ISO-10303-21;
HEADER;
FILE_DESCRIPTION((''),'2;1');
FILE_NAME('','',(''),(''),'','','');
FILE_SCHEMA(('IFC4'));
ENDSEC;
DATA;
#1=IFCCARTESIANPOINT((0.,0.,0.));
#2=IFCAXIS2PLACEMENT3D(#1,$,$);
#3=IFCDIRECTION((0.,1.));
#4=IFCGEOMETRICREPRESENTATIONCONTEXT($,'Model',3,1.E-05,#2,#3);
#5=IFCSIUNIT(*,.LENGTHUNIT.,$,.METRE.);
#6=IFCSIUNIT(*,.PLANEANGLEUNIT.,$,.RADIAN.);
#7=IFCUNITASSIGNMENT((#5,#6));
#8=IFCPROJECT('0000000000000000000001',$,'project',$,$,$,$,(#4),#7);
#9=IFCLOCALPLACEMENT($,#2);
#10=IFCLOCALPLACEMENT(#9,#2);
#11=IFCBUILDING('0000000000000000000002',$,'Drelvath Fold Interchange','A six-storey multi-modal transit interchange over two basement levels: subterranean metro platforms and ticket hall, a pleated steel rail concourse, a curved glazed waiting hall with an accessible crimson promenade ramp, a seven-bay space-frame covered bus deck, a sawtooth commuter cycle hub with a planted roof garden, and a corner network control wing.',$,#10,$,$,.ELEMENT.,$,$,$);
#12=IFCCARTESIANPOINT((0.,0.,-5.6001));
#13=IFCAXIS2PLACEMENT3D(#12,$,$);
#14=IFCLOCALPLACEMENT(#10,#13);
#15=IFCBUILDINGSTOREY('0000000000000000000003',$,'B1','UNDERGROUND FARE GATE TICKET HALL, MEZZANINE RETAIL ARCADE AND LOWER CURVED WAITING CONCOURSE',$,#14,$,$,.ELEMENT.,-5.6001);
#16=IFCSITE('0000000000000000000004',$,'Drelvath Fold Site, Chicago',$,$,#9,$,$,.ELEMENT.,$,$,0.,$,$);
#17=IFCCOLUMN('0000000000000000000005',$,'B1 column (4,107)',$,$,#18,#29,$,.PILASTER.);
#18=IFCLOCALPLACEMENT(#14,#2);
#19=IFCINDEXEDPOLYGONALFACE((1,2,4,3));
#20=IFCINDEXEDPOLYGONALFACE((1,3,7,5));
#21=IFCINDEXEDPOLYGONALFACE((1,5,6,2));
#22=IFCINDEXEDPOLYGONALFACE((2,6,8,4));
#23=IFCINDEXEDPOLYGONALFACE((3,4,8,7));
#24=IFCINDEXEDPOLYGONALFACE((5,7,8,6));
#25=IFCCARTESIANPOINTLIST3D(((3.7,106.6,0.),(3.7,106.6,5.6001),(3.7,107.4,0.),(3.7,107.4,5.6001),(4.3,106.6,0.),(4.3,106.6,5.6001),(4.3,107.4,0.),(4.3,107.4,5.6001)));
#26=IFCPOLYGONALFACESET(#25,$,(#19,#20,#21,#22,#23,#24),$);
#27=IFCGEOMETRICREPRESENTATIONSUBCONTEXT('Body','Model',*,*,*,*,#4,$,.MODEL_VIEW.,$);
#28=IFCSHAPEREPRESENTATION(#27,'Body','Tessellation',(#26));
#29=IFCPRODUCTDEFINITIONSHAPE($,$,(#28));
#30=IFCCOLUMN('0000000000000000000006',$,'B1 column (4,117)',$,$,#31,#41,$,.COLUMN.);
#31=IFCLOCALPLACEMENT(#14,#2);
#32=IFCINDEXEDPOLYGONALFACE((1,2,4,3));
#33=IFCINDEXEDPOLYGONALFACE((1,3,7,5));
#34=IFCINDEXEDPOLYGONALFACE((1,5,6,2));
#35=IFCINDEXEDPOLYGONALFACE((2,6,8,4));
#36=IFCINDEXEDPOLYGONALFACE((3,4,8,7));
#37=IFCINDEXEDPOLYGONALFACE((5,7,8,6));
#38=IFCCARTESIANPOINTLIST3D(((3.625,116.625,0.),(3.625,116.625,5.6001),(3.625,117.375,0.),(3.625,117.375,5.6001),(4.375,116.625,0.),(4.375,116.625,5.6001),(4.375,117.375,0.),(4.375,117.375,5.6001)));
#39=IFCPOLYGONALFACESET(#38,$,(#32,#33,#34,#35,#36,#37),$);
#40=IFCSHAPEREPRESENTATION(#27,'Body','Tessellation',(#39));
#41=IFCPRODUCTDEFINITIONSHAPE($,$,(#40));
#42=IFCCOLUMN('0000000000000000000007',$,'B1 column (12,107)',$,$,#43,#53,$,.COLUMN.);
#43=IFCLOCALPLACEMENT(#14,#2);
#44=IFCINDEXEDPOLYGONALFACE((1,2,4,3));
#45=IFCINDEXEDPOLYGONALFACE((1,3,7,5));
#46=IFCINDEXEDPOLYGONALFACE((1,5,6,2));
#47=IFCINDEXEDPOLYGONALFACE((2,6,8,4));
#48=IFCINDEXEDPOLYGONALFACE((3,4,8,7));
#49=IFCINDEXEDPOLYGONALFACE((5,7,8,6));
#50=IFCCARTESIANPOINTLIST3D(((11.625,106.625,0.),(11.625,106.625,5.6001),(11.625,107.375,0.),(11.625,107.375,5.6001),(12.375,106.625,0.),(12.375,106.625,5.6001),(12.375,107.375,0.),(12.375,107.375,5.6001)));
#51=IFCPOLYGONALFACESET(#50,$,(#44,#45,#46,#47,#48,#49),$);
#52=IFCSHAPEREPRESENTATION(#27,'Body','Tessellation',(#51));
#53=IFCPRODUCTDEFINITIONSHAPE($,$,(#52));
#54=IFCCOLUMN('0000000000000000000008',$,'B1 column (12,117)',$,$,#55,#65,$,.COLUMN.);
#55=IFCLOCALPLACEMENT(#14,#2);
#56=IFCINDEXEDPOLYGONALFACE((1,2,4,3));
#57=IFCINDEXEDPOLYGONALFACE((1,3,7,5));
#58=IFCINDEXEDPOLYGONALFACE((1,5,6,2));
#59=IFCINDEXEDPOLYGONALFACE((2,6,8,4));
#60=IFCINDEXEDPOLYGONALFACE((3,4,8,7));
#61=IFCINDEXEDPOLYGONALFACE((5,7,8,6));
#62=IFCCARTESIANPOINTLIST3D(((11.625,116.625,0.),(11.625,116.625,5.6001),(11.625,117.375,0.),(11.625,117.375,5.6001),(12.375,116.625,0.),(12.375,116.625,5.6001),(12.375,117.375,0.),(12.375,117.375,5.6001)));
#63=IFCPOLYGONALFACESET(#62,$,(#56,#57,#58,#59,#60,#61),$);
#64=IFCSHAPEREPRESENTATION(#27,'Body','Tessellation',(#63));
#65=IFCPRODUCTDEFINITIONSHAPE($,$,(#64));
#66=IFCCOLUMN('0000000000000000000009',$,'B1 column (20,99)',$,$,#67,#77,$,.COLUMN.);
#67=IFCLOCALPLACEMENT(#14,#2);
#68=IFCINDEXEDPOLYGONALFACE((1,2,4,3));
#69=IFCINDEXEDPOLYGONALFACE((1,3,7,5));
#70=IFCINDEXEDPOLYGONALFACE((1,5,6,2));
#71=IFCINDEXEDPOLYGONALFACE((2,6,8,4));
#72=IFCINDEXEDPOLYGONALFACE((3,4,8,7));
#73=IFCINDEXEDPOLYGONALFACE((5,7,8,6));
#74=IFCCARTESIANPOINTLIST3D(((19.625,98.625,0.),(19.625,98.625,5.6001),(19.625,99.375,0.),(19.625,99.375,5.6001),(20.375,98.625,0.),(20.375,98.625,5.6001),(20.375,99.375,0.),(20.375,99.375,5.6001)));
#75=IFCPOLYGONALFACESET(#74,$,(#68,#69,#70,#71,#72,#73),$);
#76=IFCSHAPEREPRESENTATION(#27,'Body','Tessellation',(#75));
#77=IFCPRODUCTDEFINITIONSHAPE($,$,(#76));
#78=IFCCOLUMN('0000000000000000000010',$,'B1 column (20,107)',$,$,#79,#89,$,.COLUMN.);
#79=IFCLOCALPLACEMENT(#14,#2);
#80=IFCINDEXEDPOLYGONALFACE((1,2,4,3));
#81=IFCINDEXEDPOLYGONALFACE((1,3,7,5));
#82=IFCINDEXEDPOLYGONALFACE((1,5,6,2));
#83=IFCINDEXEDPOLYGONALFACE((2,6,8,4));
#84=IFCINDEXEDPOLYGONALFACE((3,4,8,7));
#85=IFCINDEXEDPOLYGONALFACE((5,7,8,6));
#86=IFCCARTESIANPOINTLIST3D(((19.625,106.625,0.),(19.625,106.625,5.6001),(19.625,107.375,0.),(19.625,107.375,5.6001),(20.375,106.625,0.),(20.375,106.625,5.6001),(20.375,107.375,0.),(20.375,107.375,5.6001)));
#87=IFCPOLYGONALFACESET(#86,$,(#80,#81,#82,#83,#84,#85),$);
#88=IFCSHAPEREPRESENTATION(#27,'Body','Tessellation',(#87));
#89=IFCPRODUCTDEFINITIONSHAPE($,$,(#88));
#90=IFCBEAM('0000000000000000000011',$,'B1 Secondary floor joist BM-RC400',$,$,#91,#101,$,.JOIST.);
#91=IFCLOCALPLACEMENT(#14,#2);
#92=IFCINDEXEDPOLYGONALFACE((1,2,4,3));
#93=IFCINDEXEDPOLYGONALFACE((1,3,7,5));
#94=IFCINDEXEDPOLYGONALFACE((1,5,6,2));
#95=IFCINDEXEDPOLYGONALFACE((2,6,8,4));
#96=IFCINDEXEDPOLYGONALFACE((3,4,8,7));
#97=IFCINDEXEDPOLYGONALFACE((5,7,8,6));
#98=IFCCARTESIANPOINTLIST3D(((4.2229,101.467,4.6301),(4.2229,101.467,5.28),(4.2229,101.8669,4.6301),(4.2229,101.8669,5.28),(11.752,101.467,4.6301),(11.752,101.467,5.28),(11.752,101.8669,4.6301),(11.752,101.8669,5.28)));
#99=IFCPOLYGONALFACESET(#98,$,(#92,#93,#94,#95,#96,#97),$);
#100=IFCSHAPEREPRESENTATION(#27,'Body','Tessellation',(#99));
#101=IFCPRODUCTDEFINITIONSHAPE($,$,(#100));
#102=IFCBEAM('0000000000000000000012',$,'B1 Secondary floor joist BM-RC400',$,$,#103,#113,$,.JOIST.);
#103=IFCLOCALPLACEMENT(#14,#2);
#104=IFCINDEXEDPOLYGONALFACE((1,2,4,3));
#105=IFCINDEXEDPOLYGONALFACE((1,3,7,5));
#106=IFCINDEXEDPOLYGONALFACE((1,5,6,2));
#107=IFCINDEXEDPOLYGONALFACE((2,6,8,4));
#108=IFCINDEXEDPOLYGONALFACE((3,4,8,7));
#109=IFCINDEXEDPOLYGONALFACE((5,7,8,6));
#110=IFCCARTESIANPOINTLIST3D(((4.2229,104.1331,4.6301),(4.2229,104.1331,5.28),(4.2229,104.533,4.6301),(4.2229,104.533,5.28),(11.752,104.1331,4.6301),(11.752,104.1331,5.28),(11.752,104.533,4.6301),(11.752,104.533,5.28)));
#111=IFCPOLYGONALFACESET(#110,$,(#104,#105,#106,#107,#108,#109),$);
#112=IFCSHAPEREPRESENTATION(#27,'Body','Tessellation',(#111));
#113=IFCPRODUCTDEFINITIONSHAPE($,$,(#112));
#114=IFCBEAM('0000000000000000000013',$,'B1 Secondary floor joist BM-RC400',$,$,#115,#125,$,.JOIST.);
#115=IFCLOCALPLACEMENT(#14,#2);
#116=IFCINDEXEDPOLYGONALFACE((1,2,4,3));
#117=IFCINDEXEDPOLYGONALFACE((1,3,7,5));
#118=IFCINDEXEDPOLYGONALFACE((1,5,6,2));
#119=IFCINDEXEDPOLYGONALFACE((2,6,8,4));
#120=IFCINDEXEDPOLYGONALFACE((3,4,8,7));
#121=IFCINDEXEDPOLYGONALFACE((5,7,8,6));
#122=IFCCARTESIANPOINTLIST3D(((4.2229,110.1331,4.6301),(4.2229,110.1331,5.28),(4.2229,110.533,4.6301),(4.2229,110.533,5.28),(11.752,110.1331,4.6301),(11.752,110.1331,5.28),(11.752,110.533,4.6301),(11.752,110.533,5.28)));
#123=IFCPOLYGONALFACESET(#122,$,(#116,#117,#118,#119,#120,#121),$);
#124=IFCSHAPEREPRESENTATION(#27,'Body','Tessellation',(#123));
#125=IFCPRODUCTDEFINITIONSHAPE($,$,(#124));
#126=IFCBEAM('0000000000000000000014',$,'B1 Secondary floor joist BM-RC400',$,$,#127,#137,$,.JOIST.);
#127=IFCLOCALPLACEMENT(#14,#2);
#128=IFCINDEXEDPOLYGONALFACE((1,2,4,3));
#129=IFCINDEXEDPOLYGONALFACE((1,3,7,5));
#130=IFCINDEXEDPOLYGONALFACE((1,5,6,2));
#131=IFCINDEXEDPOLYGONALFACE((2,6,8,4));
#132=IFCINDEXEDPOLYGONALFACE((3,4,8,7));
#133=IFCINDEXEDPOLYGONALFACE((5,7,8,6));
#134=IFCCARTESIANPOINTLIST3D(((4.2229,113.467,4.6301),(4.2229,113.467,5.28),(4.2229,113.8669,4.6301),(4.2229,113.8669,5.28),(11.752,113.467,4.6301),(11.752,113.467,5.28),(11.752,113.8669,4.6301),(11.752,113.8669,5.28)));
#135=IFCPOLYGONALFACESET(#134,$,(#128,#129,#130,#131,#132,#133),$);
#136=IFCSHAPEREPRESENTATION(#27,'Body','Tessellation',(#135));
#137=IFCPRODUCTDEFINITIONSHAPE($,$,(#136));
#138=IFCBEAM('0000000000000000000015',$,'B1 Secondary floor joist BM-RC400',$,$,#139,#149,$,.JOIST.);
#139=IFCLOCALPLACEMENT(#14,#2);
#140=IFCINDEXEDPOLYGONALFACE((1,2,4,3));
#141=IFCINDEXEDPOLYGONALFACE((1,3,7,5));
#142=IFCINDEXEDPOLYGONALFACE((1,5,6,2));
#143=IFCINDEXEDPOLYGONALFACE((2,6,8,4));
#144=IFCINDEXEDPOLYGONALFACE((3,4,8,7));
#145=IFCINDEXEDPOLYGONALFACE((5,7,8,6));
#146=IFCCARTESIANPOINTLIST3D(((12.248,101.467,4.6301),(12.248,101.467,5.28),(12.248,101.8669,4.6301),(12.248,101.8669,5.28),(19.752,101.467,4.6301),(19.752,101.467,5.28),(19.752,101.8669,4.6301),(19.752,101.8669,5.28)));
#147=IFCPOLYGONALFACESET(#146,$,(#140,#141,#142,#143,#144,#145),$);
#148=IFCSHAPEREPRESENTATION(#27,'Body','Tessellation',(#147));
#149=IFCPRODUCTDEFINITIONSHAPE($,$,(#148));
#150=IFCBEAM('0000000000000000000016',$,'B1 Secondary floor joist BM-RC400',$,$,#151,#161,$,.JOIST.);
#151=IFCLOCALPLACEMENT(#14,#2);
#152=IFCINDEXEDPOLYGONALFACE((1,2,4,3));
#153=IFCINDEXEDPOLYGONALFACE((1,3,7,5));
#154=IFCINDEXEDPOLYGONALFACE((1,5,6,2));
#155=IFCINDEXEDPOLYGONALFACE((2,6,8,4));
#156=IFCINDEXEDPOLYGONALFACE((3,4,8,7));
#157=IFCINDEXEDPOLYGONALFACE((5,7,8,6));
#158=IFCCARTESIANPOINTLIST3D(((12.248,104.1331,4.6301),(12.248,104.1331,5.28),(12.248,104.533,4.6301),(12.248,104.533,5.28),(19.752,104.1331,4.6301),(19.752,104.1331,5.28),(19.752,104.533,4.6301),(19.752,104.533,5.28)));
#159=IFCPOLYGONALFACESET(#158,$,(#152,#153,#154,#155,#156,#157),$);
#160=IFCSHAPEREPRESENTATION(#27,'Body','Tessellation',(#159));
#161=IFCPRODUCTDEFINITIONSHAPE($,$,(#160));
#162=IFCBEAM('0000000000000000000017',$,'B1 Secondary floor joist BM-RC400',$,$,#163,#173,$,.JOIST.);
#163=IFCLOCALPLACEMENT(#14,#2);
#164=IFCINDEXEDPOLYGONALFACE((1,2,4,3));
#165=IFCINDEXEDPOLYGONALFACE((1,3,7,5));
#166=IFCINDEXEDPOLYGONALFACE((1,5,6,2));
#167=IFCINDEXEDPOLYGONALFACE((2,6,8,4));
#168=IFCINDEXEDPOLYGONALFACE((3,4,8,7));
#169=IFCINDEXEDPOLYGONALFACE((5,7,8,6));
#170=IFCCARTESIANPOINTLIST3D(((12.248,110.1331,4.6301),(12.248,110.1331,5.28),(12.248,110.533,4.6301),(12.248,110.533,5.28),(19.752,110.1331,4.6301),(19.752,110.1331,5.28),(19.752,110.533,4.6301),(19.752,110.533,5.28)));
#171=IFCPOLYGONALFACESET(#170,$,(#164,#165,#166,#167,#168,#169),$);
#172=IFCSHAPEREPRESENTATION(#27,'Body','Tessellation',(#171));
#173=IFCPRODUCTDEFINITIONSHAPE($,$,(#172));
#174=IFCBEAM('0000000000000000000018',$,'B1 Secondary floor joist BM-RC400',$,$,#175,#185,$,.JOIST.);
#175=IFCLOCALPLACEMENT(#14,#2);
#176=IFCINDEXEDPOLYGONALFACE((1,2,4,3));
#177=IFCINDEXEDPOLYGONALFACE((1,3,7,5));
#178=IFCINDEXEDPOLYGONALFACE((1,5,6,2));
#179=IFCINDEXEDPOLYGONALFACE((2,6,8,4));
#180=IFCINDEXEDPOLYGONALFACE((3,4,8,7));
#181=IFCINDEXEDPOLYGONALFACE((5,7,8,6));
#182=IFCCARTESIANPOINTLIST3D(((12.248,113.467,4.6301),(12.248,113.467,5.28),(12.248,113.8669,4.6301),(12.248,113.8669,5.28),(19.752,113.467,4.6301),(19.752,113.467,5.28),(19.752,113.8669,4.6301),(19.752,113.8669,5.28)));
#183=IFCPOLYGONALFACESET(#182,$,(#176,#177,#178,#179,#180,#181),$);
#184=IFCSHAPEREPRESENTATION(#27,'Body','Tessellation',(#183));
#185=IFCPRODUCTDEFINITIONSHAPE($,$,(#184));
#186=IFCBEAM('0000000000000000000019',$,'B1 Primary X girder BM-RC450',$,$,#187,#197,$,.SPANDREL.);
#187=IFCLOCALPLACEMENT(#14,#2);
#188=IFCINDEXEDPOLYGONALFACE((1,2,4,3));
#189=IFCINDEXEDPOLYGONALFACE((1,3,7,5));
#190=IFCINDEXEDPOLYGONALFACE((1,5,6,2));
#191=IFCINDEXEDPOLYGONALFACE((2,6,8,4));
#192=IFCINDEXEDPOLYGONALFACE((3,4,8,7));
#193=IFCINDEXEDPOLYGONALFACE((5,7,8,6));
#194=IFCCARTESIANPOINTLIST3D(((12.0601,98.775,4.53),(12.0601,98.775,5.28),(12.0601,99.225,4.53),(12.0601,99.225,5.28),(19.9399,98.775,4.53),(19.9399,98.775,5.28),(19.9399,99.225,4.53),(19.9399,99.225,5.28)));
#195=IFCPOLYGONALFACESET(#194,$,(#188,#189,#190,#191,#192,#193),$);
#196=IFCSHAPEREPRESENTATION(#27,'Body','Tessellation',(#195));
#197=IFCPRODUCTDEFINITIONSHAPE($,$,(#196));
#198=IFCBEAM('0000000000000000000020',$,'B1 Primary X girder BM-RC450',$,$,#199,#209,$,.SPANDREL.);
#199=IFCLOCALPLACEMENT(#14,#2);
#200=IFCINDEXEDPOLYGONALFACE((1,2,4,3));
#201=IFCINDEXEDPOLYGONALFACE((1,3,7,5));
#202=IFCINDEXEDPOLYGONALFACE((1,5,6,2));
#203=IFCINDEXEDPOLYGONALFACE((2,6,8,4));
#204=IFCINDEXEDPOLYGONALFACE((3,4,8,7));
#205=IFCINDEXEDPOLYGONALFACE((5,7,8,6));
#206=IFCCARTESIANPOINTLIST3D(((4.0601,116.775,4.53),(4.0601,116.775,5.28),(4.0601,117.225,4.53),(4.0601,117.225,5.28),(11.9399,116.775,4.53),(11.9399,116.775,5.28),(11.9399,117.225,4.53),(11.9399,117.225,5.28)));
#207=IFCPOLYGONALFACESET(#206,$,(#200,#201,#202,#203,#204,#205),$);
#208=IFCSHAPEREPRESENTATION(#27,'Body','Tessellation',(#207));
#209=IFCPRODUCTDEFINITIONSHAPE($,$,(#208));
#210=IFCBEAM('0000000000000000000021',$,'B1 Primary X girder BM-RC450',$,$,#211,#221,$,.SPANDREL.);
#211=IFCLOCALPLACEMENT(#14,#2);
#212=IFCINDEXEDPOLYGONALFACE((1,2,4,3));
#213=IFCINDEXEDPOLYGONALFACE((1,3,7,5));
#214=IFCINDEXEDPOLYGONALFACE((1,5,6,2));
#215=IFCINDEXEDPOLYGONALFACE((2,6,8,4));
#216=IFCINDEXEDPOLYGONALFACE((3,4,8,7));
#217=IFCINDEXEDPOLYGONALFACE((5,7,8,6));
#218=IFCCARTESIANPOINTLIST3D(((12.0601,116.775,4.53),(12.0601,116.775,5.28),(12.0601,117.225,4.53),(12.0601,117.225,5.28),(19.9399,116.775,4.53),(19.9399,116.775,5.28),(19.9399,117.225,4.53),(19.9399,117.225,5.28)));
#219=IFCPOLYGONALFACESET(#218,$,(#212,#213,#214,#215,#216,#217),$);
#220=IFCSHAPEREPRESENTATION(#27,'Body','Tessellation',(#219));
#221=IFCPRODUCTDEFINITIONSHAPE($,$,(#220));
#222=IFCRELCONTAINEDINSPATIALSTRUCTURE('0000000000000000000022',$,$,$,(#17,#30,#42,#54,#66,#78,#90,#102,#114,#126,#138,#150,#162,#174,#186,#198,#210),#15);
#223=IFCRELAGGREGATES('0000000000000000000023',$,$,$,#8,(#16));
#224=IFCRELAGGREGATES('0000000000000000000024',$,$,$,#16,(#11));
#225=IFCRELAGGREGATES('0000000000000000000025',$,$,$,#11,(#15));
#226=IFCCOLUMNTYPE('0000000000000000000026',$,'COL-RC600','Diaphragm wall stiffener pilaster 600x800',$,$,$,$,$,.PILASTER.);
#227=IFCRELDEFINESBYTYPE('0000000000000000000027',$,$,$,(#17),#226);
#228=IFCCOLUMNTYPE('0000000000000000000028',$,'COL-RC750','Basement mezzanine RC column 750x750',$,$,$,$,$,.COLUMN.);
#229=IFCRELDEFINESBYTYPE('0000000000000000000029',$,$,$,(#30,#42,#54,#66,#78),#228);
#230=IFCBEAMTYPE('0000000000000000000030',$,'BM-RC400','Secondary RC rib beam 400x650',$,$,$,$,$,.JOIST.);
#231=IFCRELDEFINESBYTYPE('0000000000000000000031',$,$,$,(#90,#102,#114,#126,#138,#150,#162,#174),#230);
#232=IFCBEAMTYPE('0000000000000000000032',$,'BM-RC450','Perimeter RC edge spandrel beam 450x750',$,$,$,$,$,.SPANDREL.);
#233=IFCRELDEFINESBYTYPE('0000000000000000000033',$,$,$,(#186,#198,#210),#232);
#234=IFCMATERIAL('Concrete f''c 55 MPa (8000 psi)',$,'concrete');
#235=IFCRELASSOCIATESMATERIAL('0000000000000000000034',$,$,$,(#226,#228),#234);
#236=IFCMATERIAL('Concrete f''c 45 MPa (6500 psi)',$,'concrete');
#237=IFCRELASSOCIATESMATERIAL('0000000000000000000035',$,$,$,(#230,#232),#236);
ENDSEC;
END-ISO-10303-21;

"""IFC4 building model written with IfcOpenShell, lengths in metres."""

from ifc_helpers import new_model, si_unit, direction, frame, origin, origin_2d, place, context, subcontext, project, spatial, rectangle, extrude, material, material_profile, profile_set, type_object, element, save


model = new_model("IFC4")

# Units and contexts
model_context = context("Model", 3, precision=1e-05, world=origin(), true_north=direction((0.0, 1.0)))
body_context = subcontext(model_context, "Body", "Model", "MODEL_VIEW")
ifc_project = project(units=[si_unit("LENGTHUNIT", "METRE"), si_unit("PLANEANGLEUNIT", "RADIAN")], contexts=[model_context])

# Site, building, storey
site_placement = place(None, origin())
site = spatial("IfcSite", under=ifc_project, at=site_placement, Name="Drelvath Fold Site, Chicago", CompositionType="ELEMENT", RefElevation=0.0)
building_placement = place(site_placement, origin())
building = spatial("IfcBuilding", under=site, at=building_placement, Name="Drelvath Fold Interchange", Description="A six-storey multi-modal transit interchange over two basement levels: subterranean metro platforms and ticket hall, a pleated steel rail concourse, a curved glazed waiting hall with an accessible crimson promenade ramp, a seven-bay space-frame covered bus deck, a sawtooth commuter cycle hub with a planted roof garden, and a corner network control wing.", CompositionType="ELEMENT")
storey_placement = place(building_placement, frame((0.0, 0.0, -5.6001)))
storey = spatial("IfcBuildingStorey", under=building, at=storey_placement, Name="B1", Description="UNDERGROUND FARE GATE TICKET HALL, MEZZANINE RETAIL ARCADE AND LOWER CURVED WAITING CONCOURSE", CompositionType="ELEMENT", Elevation=-5.6001)

# Columns
ifc_material_1 = material(Name="Concrete f'c 55 MPa (8000 psi)", Category="concrete")
ifc_material_profile_1 = material_profile(ifc_material_1, rectangle(XDim=0.6001, YDim=0.8, at=origin_2d()), Name="RC 600x800")
ifc_profile_set_1 = profile_set([ifc_material_profile_1], Name="Concrete f'c 55 MPa (8000 psi)")
column_type_1 = type_object("IfcColumnType", Name="COL-RC600", Description="Diaphragm wall stiffener pilaster 600x800", PredefinedType="PILASTER", material=ifc_profile_set_1)
column_placement = place(storey_placement, frame((4.0, 107.0, 0.0), z_axis=(0.0, 0.0, 1.0), x_axis=(1.0, 0.0, 0.0)))
element("IfcColumn", 1, at=column_placement, inside=storey, type_object=column_type_1, Name="B1 column (4,107)", PredefinedType="PILASTER", context=body_context, shape_type="SweptSolid", body=[
    extrude(rectangle(XDim=0.6001, YDim=0.8, at=origin_2d()), origin(), (0.0, 0.0, 1.0), 5.6001),
])
ifc_material_profile_2 = material_profile(ifc_material_1, rectangle(XDim=0.75, YDim=0.75, at=origin_2d()), Name="RC 750x750")
ifc_profile_set_2 = profile_set([ifc_material_profile_2], Name="Concrete f'c 55 MPa (8000 psi)")
column_type_2 = type_object("IfcColumnType", Name="COL-RC750", Description="Basement mezzanine RC column 750x750", PredefinedType="COLUMN", material=ifc_profile_set_2)
for number, where, z_axis, x_axis, name in (
    (2, (4.0, 117.0, 0.0), (0.0, 0.0, 1.0), (1.0, 0.0, 0.0), "B1 column (4,117)"),
    (3, (12.0, 107.0, 0.0), (0.0, 0.0, 1.0), (1.0, 0.0, 0.0), "B1 column (12,107)"),
    (4, (12.0, 117.0, 0.0), (0.0, 0.0, 1.0), (1.0, 0.0, 0.0), "B1 column (12,117)"),
    (5, (20.0, 99.0, 0.0), (0.0, 0.0, 1.0), (1.0, 0.0, 0.0), "B1 column (20,99)"),
    (6, (20.0, 107.0, 0.0), (0.0, 0.0, 1.0), (1.0, 0.0, 0.0), "B1 column (20,107)"),
):
    element("IfcColumn", number, at=place(storey_placement, frame(where, z_axis=z_axis, x_axis=x_axis)), inside=storey, type_object=column_type_2, Name=name, PredefinedType="COLUMN", context=body_context, shape_type="SweptSolid", body=[
        extrude(rectangle(XDim=0.75, YDim=0.75, at=origin_2d()), origin(), (0.0, 0.0, 1.0), 5.6001),
    ])

# Beams
ifc_material_2 = material(Name="Concrete f'c 45 MPa (6500 psi)", Category="concrete")
ifc_material_profile_3 = material_profile(ifc_material_2, rectangle(XDim=0.3999, YDim=0.6499, at=origin_2d()), Name="RC 400x650")
ifc_profile_set_3 = profile_set([ifc_material_profile_3], Name="Concrete f'c 45 MPa (6500 psi)")
beam_type_1 = type_object("IfcBeamType", Name="BM-RC400", Description="Secondary RC rib beam 400x650", PredefinedType="JOIST", material=ifc_profile_set_3)
for number, where, z_axis, x_axis, name in (
    (7, (4.2229, 101.667, 4.9551), (1.0, 0.0, 0.0), (0.0, 1.0, 0.0), "B1 Secondary floor joist BM-RC400"),
    (8, (4.2229, 104.333, 4.9551), (1.0, 0.0, 0.0), (0.0, 1.0, 0.0), "B1 Secondary floor joist BM-RC400"),
    (9, (4.2229, 110.333, 4.9551), (1.0, 0.0, 0.0), (0.0, 1.0, 0.0), "B1 Secondary floor joist BM-RC400"),
    (10, (4.2229, 113.667, 4.9551), (1.0, 0.0, 0.0), (0.0, 1.0, 0.0), "B1 Secondary floor joist BM-RC400"),
):
    element("IfcBeam", number, at=place(storey_placement, frame(where, z_axis=z_axis, x_axis=x_axis)), inside=storey, type_object=beam_type_1, Name=name, PredefinedType="JOIST", context=body_context, shape_type="SweptSolid", body=[
        extrude(rectangle(XDim=0.3999, YDim=0.6499, at=origin_2d()), origin(), (0.0, 0.0, 1.0), 7.5291),
    ])
for number, where, z_axis, x_axis, name in (
    (11, (12.248, 101.667, 4.9551), (1.0, 0.0, 0.0), (0.0, 1.0, 0.0), "B1 Secondary floor joist BM-RC400"),
    (12, (12.248, 104.333, 4.9551), (1.0, 0.0, 0.0), (0.0, 1.0, 0.0), "B1 Secondary floor joist BM-RC400"),
    (13, (12.248, 110.333, 4.9551), (1.0, 0.0, 0.0), (0.0, 1.0, 0.0), "B1 Secondary floor joist BM-RC400"),
    (14, (12.248, 113.667, 4.9551), (1.0, 0.0, 0.0), (0.0, 1.0, 0.0), "B1 Secondary floor joist BM-RC400"),
):
    element("IfcBeam", number, at=place(storey_placement, frame(where, z_axis=z_axis, x_axis=x_axis)), inside=storey, type_object=beam_type_1, Name=name, PredefinedType="JOIST", context=body_context, shape_type="SweptSolid", body=[
        extrude(rectangle(XDim=0.3999, YDim=0.6499, at=origin_2d()), origin(), (0.0, 0.0, 1.0), 7.5039),
    ])
ifc_material_profile_4 = material_profile(ifc_material_2, rectangle(XDim=0.45, YDim=0.75, at=origin_2d()), Name="RC 450x750")
ifc_profile_set_4 = profile_set([ifc_material_profile_4], Name="Concrete f'c 45 MPa (6500 psi)")
beam_type_2 = type_object("IfcBeamType", Name="BM-RC450", Description="Perimeter RC edge spandrel beam 450x750", PredefinedType="SPANDREL", material=ifc_profile_set_4)
for number, where, z_axis, x_axis, name in (
    (15, (12.0601, 99.0, 4.905), (1.0, 0.0, 0.0), (0.0, 1.0, 0.0), "B1 Primary X girder BM-RC450"),
    (16, (4.0601, 117.0, 4.905), (1.0, 0.0, 0.0), (0.0, 1.0, 0.0), "B1 Primary X girder BM-RC450"),
    (17, (12.0601, 117.0, 4.905), (1.0, 0.0, 0.0), (0.0, 1.0, 0.0), "B1 Primary X girder BM-RC450"),
):
    element("IfcBeam", number, at=place(storey_placement, frame(where, z_axis=z_axis, x_axis=x_axis)), inside=storey, type_object=beam_type_2, Name=name, PredefinedType="SPANDREL", context=body_context, shape_type="SweptSolid", body=[
        extrude(rectangle(XDim=0.45, YDim=0.75, at=origin_2d()), origin(), (0.0, 0.0, 1.0), 7.8799),
    ])

save(model, "model.ifc")
